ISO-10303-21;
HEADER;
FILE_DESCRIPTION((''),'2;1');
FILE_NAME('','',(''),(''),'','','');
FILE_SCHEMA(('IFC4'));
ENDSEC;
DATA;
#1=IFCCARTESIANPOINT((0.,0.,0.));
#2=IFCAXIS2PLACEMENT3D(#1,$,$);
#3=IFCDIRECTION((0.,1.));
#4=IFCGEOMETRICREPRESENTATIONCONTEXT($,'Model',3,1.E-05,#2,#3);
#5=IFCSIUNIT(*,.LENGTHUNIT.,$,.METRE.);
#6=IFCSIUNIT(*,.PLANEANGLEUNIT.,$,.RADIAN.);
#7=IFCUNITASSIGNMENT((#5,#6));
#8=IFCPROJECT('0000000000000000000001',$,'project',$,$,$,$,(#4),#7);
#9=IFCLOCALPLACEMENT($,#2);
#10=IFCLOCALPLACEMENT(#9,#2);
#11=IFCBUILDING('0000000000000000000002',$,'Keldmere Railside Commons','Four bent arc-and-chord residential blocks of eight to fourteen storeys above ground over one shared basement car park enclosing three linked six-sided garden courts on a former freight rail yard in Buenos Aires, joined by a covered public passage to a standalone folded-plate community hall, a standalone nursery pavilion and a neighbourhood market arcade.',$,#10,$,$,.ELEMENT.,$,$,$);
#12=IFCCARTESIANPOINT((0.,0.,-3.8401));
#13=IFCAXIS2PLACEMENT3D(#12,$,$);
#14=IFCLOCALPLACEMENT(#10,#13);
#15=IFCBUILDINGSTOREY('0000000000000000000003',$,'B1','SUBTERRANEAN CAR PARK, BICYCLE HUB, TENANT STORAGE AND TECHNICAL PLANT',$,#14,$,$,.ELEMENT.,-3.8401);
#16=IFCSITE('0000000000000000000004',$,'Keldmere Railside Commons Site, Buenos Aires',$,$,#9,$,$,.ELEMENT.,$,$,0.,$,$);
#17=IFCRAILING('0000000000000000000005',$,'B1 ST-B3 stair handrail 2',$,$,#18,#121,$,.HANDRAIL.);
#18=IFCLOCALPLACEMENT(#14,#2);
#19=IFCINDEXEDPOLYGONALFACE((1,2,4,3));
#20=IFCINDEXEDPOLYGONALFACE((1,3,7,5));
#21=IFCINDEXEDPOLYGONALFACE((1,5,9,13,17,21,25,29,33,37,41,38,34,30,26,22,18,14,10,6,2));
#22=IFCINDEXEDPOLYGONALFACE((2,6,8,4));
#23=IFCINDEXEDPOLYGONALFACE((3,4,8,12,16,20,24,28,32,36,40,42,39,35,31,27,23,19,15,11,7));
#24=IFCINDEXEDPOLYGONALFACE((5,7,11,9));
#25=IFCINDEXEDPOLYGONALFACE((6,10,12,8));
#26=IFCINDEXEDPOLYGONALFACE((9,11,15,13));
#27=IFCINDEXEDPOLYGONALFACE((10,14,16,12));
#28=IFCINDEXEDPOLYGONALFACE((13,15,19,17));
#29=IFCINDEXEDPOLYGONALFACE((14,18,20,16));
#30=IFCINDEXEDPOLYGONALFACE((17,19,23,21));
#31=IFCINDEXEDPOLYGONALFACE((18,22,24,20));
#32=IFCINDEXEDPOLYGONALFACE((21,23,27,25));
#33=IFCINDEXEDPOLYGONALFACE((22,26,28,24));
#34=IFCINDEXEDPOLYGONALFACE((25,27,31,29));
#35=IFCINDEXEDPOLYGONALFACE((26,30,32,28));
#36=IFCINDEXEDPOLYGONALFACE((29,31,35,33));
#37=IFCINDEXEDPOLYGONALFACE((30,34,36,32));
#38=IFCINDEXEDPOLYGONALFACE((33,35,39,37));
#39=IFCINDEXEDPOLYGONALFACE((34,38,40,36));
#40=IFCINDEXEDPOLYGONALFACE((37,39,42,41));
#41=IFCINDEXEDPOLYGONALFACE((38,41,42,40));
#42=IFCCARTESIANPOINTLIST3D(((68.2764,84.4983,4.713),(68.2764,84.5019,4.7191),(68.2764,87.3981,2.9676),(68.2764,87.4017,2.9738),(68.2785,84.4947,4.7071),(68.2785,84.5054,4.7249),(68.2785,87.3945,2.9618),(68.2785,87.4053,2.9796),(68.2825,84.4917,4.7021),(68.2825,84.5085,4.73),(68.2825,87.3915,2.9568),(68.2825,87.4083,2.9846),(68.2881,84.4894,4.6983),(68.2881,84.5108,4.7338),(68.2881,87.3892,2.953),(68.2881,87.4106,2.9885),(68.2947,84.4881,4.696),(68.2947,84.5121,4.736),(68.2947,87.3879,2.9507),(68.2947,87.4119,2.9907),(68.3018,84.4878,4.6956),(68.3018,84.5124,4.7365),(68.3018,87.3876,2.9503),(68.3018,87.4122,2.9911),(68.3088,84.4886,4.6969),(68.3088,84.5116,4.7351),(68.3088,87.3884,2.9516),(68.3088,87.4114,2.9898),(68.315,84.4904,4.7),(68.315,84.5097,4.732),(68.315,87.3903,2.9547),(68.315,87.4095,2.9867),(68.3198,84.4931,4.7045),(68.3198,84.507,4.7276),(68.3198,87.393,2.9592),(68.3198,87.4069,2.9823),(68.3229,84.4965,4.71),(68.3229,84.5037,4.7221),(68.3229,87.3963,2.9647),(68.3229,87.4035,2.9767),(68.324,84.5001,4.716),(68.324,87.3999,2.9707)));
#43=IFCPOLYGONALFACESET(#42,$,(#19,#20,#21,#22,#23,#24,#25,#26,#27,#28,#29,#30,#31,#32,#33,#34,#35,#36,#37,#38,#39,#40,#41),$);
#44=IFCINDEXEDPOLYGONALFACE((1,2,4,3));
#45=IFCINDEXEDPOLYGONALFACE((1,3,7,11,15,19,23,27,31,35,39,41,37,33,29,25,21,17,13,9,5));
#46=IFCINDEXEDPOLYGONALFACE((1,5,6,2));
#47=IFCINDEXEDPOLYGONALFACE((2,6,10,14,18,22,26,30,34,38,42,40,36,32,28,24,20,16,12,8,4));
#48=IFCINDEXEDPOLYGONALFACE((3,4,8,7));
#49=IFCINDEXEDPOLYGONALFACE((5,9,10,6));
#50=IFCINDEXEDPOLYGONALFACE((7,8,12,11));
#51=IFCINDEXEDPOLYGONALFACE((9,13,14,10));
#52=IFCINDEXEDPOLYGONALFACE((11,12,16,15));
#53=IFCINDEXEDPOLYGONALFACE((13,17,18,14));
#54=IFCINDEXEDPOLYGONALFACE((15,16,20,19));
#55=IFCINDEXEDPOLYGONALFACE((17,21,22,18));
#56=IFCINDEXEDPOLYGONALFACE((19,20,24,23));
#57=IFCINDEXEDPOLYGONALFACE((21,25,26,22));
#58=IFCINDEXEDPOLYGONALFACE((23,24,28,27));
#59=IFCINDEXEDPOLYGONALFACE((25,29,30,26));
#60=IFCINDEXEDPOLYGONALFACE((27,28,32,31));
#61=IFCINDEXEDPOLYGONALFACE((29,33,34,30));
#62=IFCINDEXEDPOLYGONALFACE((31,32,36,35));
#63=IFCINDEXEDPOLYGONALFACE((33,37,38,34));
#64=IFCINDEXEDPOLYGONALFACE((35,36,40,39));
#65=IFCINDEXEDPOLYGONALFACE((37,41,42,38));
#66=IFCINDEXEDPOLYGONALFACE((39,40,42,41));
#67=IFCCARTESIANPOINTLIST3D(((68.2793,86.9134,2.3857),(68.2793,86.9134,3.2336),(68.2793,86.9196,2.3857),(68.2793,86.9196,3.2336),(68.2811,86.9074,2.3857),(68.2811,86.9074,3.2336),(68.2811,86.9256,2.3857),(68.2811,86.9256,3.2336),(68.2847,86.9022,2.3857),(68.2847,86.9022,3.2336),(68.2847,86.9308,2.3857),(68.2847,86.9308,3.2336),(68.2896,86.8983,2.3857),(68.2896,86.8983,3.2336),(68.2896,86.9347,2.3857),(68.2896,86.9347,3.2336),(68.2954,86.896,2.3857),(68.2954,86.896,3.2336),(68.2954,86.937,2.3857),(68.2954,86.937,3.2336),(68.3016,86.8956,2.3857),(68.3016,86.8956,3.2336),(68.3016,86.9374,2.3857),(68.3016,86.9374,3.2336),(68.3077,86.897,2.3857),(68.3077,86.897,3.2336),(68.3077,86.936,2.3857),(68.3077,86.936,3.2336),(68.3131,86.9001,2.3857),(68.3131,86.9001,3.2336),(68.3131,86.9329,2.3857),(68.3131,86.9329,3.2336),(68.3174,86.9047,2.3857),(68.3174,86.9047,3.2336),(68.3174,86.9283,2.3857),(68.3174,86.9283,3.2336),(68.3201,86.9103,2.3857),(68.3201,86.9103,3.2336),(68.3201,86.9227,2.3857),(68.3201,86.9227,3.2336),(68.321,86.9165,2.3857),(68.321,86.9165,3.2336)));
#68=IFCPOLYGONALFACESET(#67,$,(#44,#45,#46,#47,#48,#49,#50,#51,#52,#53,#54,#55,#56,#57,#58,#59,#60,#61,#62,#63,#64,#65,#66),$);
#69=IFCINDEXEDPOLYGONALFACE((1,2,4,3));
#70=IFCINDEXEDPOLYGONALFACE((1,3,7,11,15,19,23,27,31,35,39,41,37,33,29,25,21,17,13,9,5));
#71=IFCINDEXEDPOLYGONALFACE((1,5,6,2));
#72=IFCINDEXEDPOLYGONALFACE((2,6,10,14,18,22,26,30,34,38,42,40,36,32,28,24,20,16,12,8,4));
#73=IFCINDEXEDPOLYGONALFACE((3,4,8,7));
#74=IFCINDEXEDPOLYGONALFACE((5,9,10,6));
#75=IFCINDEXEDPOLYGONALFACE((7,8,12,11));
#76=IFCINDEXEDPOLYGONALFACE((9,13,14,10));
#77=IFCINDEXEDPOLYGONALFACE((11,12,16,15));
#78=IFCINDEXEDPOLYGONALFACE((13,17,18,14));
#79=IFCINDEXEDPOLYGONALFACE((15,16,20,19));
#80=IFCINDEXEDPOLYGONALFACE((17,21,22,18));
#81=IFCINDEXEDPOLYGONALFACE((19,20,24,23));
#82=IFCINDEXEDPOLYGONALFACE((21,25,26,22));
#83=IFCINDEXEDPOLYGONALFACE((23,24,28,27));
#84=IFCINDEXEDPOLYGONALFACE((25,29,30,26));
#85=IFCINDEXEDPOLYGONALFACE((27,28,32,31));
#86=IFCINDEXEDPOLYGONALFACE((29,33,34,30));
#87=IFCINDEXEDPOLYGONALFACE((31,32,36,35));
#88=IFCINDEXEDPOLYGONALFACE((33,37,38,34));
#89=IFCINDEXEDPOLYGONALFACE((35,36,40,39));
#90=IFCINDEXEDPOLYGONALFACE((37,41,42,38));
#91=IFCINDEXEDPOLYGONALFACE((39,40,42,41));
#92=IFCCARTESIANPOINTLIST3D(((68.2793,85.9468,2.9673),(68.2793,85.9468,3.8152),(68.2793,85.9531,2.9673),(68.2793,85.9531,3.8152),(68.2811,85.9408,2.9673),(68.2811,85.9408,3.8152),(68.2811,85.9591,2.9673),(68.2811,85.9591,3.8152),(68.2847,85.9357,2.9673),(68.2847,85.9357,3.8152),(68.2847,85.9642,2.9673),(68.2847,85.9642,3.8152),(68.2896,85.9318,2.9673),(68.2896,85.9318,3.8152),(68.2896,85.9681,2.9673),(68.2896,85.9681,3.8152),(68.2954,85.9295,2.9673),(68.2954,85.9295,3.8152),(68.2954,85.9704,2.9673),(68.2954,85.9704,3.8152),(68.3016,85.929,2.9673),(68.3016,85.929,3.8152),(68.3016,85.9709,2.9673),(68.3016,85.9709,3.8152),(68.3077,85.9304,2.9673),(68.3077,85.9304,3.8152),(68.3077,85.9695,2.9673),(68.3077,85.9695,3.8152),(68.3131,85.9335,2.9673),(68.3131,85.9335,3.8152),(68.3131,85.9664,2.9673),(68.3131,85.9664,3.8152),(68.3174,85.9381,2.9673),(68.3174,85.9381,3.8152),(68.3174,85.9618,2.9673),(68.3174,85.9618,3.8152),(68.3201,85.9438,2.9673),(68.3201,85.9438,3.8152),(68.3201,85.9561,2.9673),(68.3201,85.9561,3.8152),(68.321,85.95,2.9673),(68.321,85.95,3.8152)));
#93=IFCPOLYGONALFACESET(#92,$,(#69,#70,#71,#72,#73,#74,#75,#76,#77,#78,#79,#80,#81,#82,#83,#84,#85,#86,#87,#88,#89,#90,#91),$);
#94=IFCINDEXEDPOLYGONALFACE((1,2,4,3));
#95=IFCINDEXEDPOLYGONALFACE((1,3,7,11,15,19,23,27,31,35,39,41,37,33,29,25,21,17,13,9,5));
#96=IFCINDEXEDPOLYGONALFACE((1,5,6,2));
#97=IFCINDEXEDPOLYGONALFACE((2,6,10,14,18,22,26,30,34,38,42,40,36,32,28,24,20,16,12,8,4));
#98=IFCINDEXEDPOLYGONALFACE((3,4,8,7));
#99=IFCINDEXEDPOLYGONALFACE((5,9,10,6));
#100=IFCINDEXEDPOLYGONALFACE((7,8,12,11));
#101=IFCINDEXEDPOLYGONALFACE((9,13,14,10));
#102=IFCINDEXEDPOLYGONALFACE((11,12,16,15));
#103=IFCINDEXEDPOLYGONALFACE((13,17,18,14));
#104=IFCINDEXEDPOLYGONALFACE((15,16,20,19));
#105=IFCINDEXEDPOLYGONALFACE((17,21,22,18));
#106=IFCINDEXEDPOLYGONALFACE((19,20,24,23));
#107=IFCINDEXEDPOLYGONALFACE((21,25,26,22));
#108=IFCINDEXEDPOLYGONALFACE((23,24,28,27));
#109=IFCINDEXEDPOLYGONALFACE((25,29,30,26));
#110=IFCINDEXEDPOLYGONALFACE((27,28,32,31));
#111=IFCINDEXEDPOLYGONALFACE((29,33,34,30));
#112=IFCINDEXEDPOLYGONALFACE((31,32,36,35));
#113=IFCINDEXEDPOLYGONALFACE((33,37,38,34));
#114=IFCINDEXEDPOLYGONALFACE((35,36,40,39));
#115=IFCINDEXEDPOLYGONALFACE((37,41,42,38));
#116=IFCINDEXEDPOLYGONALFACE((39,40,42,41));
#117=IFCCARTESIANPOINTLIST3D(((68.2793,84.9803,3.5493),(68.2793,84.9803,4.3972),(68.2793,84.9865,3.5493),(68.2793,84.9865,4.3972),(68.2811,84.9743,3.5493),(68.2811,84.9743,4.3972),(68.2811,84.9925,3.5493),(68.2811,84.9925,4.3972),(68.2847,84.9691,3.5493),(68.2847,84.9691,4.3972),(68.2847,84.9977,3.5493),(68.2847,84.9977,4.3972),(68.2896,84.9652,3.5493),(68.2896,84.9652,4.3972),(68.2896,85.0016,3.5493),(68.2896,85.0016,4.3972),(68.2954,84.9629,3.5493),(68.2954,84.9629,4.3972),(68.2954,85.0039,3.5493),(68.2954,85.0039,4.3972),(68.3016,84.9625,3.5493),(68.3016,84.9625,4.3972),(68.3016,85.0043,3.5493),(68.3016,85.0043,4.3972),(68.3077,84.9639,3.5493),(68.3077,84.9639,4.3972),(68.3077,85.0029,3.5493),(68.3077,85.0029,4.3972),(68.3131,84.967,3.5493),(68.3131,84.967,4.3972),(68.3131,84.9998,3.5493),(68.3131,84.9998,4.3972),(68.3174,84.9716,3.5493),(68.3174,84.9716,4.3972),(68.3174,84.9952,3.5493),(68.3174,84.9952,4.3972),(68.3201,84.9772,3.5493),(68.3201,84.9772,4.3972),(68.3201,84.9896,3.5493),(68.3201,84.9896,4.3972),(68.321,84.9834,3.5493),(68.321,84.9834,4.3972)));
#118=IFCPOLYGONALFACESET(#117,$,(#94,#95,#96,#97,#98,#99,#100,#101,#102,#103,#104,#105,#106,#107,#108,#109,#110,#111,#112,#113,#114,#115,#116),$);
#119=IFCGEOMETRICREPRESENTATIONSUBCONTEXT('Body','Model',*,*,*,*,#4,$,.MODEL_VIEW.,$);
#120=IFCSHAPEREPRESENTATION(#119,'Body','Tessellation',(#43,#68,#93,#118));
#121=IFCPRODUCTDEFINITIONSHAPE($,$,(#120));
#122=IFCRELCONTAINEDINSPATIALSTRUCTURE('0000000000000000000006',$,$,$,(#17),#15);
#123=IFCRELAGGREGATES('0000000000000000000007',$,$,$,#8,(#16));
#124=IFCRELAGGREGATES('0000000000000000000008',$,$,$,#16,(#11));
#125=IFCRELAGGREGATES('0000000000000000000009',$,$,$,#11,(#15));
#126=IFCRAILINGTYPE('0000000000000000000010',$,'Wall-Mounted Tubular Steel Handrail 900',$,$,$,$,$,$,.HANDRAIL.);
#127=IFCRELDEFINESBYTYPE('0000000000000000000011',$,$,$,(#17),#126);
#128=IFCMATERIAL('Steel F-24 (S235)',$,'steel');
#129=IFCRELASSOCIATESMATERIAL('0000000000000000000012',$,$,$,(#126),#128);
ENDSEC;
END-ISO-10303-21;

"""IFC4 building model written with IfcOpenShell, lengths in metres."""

from ifc_helpers import new_model, si_unit, direction, frame, origin, origin_2d, place, context, subcontext, project, spatial, circle, extrude, material, type_object, element, save


model = new_model("IFC4")

# Units and contexts
model_context = context("Model", 3, precision=1e-05, world=origin(), true_north=direction((0.0, 1.0)))
body_context = subcontext(model_context, "Body", "Model", "MODEL_VIEW")
ifc_project = project(units=[si_unit("LENGTHUNIT", "METRE"), si_unit("PLANEANGLEUNIT", "RADIAN")], contexts=[model_context])

# Site, building, storey
site_placement = place(None, origin())
site = spatial("IfcSite", under=ifc_project, at=site_placement, Name="Keldmere Railside Commons Site, Buenos Aires", CompositionType="ELEMENT", RefElevation=0.0)
building_placement = place(site_placement, origin())
building = spatial("IfcBuilding", under=site, at=building_placement, Name="Keldmere Railside Commons", Description="Four bent arc-and-chord residential blocks of eight to fourteen storeys above ground over one shared basement car park enclosing three linked six-sided garden courts on a former freight rail yard in Buenos Aires, joined by a covered public passage to a standalone folded-plate community hall, a standalone nursery pavilion and a neighbourhood market arcade.", CompositionType="ELEMENT")
storey_placement = place(building_placement, frame((0.0, 0.0, -3.8401)))
storey = spatial("IfcBuildingStorey", under=building, at=storey_placement, Name="B1", Description="SUBTERRANEAN CAR PARK, BICYCLE HUB, TENANT STORAGE AND TECHNICAL PLANT", CompositionType="ELEMENT", Elevation=-3.8401)

# Shared definitions
ifc_material_1 = material(Name="Steel F-24 (S235)", Category="steel")

# Railing
railing_type_1 = type_object("IfcRailingType", Name="Wall-Mounted Tubular Steel Handrail 900", PredefinedType="HANDRAIL", material=ifc_material_1)
railing_1_placement = place(storey_placement, frame((68.3, 87.3999, 2.0947)))
element("IfcRailing", 1, at=railing_1_placement, inside=storey, type_object=railing_type_1, Name="B1 ST-B3 stair handrail 2", PredefinedType="HANDRAIL", context=body_context, shape_type="SweptSolid", body=[
    extrude(circle(Radius=0.0239, at=origin_2d()), frame((0.0, 0.0, 0.876), z_axis=(0.0, -0.856786, 0.515673), x_axis=(1.0, 0.0, 0.0)), (0.0, 0.0, 1.0), 3.3845),
    extrude(circle(Radius=0.021, at=origin_2d()), frame((0.0, -0.4834, 0.291)), (0.0, 0.0, 1.0), 0.8479),
    extrude(circle(Radius=0.021, at=origin_2d()), frame((0.0, -1.45, 0.8726)), (0.0, 0.0, 1.0), 0.8479),
    extrude(circle(Radius=0.021, at=origin_2d()), frame((0.0, -2.4165, 1.4546)), (0.0, 0.0, 1.0), 0.8479),
])

save(model, "model.ifc")
